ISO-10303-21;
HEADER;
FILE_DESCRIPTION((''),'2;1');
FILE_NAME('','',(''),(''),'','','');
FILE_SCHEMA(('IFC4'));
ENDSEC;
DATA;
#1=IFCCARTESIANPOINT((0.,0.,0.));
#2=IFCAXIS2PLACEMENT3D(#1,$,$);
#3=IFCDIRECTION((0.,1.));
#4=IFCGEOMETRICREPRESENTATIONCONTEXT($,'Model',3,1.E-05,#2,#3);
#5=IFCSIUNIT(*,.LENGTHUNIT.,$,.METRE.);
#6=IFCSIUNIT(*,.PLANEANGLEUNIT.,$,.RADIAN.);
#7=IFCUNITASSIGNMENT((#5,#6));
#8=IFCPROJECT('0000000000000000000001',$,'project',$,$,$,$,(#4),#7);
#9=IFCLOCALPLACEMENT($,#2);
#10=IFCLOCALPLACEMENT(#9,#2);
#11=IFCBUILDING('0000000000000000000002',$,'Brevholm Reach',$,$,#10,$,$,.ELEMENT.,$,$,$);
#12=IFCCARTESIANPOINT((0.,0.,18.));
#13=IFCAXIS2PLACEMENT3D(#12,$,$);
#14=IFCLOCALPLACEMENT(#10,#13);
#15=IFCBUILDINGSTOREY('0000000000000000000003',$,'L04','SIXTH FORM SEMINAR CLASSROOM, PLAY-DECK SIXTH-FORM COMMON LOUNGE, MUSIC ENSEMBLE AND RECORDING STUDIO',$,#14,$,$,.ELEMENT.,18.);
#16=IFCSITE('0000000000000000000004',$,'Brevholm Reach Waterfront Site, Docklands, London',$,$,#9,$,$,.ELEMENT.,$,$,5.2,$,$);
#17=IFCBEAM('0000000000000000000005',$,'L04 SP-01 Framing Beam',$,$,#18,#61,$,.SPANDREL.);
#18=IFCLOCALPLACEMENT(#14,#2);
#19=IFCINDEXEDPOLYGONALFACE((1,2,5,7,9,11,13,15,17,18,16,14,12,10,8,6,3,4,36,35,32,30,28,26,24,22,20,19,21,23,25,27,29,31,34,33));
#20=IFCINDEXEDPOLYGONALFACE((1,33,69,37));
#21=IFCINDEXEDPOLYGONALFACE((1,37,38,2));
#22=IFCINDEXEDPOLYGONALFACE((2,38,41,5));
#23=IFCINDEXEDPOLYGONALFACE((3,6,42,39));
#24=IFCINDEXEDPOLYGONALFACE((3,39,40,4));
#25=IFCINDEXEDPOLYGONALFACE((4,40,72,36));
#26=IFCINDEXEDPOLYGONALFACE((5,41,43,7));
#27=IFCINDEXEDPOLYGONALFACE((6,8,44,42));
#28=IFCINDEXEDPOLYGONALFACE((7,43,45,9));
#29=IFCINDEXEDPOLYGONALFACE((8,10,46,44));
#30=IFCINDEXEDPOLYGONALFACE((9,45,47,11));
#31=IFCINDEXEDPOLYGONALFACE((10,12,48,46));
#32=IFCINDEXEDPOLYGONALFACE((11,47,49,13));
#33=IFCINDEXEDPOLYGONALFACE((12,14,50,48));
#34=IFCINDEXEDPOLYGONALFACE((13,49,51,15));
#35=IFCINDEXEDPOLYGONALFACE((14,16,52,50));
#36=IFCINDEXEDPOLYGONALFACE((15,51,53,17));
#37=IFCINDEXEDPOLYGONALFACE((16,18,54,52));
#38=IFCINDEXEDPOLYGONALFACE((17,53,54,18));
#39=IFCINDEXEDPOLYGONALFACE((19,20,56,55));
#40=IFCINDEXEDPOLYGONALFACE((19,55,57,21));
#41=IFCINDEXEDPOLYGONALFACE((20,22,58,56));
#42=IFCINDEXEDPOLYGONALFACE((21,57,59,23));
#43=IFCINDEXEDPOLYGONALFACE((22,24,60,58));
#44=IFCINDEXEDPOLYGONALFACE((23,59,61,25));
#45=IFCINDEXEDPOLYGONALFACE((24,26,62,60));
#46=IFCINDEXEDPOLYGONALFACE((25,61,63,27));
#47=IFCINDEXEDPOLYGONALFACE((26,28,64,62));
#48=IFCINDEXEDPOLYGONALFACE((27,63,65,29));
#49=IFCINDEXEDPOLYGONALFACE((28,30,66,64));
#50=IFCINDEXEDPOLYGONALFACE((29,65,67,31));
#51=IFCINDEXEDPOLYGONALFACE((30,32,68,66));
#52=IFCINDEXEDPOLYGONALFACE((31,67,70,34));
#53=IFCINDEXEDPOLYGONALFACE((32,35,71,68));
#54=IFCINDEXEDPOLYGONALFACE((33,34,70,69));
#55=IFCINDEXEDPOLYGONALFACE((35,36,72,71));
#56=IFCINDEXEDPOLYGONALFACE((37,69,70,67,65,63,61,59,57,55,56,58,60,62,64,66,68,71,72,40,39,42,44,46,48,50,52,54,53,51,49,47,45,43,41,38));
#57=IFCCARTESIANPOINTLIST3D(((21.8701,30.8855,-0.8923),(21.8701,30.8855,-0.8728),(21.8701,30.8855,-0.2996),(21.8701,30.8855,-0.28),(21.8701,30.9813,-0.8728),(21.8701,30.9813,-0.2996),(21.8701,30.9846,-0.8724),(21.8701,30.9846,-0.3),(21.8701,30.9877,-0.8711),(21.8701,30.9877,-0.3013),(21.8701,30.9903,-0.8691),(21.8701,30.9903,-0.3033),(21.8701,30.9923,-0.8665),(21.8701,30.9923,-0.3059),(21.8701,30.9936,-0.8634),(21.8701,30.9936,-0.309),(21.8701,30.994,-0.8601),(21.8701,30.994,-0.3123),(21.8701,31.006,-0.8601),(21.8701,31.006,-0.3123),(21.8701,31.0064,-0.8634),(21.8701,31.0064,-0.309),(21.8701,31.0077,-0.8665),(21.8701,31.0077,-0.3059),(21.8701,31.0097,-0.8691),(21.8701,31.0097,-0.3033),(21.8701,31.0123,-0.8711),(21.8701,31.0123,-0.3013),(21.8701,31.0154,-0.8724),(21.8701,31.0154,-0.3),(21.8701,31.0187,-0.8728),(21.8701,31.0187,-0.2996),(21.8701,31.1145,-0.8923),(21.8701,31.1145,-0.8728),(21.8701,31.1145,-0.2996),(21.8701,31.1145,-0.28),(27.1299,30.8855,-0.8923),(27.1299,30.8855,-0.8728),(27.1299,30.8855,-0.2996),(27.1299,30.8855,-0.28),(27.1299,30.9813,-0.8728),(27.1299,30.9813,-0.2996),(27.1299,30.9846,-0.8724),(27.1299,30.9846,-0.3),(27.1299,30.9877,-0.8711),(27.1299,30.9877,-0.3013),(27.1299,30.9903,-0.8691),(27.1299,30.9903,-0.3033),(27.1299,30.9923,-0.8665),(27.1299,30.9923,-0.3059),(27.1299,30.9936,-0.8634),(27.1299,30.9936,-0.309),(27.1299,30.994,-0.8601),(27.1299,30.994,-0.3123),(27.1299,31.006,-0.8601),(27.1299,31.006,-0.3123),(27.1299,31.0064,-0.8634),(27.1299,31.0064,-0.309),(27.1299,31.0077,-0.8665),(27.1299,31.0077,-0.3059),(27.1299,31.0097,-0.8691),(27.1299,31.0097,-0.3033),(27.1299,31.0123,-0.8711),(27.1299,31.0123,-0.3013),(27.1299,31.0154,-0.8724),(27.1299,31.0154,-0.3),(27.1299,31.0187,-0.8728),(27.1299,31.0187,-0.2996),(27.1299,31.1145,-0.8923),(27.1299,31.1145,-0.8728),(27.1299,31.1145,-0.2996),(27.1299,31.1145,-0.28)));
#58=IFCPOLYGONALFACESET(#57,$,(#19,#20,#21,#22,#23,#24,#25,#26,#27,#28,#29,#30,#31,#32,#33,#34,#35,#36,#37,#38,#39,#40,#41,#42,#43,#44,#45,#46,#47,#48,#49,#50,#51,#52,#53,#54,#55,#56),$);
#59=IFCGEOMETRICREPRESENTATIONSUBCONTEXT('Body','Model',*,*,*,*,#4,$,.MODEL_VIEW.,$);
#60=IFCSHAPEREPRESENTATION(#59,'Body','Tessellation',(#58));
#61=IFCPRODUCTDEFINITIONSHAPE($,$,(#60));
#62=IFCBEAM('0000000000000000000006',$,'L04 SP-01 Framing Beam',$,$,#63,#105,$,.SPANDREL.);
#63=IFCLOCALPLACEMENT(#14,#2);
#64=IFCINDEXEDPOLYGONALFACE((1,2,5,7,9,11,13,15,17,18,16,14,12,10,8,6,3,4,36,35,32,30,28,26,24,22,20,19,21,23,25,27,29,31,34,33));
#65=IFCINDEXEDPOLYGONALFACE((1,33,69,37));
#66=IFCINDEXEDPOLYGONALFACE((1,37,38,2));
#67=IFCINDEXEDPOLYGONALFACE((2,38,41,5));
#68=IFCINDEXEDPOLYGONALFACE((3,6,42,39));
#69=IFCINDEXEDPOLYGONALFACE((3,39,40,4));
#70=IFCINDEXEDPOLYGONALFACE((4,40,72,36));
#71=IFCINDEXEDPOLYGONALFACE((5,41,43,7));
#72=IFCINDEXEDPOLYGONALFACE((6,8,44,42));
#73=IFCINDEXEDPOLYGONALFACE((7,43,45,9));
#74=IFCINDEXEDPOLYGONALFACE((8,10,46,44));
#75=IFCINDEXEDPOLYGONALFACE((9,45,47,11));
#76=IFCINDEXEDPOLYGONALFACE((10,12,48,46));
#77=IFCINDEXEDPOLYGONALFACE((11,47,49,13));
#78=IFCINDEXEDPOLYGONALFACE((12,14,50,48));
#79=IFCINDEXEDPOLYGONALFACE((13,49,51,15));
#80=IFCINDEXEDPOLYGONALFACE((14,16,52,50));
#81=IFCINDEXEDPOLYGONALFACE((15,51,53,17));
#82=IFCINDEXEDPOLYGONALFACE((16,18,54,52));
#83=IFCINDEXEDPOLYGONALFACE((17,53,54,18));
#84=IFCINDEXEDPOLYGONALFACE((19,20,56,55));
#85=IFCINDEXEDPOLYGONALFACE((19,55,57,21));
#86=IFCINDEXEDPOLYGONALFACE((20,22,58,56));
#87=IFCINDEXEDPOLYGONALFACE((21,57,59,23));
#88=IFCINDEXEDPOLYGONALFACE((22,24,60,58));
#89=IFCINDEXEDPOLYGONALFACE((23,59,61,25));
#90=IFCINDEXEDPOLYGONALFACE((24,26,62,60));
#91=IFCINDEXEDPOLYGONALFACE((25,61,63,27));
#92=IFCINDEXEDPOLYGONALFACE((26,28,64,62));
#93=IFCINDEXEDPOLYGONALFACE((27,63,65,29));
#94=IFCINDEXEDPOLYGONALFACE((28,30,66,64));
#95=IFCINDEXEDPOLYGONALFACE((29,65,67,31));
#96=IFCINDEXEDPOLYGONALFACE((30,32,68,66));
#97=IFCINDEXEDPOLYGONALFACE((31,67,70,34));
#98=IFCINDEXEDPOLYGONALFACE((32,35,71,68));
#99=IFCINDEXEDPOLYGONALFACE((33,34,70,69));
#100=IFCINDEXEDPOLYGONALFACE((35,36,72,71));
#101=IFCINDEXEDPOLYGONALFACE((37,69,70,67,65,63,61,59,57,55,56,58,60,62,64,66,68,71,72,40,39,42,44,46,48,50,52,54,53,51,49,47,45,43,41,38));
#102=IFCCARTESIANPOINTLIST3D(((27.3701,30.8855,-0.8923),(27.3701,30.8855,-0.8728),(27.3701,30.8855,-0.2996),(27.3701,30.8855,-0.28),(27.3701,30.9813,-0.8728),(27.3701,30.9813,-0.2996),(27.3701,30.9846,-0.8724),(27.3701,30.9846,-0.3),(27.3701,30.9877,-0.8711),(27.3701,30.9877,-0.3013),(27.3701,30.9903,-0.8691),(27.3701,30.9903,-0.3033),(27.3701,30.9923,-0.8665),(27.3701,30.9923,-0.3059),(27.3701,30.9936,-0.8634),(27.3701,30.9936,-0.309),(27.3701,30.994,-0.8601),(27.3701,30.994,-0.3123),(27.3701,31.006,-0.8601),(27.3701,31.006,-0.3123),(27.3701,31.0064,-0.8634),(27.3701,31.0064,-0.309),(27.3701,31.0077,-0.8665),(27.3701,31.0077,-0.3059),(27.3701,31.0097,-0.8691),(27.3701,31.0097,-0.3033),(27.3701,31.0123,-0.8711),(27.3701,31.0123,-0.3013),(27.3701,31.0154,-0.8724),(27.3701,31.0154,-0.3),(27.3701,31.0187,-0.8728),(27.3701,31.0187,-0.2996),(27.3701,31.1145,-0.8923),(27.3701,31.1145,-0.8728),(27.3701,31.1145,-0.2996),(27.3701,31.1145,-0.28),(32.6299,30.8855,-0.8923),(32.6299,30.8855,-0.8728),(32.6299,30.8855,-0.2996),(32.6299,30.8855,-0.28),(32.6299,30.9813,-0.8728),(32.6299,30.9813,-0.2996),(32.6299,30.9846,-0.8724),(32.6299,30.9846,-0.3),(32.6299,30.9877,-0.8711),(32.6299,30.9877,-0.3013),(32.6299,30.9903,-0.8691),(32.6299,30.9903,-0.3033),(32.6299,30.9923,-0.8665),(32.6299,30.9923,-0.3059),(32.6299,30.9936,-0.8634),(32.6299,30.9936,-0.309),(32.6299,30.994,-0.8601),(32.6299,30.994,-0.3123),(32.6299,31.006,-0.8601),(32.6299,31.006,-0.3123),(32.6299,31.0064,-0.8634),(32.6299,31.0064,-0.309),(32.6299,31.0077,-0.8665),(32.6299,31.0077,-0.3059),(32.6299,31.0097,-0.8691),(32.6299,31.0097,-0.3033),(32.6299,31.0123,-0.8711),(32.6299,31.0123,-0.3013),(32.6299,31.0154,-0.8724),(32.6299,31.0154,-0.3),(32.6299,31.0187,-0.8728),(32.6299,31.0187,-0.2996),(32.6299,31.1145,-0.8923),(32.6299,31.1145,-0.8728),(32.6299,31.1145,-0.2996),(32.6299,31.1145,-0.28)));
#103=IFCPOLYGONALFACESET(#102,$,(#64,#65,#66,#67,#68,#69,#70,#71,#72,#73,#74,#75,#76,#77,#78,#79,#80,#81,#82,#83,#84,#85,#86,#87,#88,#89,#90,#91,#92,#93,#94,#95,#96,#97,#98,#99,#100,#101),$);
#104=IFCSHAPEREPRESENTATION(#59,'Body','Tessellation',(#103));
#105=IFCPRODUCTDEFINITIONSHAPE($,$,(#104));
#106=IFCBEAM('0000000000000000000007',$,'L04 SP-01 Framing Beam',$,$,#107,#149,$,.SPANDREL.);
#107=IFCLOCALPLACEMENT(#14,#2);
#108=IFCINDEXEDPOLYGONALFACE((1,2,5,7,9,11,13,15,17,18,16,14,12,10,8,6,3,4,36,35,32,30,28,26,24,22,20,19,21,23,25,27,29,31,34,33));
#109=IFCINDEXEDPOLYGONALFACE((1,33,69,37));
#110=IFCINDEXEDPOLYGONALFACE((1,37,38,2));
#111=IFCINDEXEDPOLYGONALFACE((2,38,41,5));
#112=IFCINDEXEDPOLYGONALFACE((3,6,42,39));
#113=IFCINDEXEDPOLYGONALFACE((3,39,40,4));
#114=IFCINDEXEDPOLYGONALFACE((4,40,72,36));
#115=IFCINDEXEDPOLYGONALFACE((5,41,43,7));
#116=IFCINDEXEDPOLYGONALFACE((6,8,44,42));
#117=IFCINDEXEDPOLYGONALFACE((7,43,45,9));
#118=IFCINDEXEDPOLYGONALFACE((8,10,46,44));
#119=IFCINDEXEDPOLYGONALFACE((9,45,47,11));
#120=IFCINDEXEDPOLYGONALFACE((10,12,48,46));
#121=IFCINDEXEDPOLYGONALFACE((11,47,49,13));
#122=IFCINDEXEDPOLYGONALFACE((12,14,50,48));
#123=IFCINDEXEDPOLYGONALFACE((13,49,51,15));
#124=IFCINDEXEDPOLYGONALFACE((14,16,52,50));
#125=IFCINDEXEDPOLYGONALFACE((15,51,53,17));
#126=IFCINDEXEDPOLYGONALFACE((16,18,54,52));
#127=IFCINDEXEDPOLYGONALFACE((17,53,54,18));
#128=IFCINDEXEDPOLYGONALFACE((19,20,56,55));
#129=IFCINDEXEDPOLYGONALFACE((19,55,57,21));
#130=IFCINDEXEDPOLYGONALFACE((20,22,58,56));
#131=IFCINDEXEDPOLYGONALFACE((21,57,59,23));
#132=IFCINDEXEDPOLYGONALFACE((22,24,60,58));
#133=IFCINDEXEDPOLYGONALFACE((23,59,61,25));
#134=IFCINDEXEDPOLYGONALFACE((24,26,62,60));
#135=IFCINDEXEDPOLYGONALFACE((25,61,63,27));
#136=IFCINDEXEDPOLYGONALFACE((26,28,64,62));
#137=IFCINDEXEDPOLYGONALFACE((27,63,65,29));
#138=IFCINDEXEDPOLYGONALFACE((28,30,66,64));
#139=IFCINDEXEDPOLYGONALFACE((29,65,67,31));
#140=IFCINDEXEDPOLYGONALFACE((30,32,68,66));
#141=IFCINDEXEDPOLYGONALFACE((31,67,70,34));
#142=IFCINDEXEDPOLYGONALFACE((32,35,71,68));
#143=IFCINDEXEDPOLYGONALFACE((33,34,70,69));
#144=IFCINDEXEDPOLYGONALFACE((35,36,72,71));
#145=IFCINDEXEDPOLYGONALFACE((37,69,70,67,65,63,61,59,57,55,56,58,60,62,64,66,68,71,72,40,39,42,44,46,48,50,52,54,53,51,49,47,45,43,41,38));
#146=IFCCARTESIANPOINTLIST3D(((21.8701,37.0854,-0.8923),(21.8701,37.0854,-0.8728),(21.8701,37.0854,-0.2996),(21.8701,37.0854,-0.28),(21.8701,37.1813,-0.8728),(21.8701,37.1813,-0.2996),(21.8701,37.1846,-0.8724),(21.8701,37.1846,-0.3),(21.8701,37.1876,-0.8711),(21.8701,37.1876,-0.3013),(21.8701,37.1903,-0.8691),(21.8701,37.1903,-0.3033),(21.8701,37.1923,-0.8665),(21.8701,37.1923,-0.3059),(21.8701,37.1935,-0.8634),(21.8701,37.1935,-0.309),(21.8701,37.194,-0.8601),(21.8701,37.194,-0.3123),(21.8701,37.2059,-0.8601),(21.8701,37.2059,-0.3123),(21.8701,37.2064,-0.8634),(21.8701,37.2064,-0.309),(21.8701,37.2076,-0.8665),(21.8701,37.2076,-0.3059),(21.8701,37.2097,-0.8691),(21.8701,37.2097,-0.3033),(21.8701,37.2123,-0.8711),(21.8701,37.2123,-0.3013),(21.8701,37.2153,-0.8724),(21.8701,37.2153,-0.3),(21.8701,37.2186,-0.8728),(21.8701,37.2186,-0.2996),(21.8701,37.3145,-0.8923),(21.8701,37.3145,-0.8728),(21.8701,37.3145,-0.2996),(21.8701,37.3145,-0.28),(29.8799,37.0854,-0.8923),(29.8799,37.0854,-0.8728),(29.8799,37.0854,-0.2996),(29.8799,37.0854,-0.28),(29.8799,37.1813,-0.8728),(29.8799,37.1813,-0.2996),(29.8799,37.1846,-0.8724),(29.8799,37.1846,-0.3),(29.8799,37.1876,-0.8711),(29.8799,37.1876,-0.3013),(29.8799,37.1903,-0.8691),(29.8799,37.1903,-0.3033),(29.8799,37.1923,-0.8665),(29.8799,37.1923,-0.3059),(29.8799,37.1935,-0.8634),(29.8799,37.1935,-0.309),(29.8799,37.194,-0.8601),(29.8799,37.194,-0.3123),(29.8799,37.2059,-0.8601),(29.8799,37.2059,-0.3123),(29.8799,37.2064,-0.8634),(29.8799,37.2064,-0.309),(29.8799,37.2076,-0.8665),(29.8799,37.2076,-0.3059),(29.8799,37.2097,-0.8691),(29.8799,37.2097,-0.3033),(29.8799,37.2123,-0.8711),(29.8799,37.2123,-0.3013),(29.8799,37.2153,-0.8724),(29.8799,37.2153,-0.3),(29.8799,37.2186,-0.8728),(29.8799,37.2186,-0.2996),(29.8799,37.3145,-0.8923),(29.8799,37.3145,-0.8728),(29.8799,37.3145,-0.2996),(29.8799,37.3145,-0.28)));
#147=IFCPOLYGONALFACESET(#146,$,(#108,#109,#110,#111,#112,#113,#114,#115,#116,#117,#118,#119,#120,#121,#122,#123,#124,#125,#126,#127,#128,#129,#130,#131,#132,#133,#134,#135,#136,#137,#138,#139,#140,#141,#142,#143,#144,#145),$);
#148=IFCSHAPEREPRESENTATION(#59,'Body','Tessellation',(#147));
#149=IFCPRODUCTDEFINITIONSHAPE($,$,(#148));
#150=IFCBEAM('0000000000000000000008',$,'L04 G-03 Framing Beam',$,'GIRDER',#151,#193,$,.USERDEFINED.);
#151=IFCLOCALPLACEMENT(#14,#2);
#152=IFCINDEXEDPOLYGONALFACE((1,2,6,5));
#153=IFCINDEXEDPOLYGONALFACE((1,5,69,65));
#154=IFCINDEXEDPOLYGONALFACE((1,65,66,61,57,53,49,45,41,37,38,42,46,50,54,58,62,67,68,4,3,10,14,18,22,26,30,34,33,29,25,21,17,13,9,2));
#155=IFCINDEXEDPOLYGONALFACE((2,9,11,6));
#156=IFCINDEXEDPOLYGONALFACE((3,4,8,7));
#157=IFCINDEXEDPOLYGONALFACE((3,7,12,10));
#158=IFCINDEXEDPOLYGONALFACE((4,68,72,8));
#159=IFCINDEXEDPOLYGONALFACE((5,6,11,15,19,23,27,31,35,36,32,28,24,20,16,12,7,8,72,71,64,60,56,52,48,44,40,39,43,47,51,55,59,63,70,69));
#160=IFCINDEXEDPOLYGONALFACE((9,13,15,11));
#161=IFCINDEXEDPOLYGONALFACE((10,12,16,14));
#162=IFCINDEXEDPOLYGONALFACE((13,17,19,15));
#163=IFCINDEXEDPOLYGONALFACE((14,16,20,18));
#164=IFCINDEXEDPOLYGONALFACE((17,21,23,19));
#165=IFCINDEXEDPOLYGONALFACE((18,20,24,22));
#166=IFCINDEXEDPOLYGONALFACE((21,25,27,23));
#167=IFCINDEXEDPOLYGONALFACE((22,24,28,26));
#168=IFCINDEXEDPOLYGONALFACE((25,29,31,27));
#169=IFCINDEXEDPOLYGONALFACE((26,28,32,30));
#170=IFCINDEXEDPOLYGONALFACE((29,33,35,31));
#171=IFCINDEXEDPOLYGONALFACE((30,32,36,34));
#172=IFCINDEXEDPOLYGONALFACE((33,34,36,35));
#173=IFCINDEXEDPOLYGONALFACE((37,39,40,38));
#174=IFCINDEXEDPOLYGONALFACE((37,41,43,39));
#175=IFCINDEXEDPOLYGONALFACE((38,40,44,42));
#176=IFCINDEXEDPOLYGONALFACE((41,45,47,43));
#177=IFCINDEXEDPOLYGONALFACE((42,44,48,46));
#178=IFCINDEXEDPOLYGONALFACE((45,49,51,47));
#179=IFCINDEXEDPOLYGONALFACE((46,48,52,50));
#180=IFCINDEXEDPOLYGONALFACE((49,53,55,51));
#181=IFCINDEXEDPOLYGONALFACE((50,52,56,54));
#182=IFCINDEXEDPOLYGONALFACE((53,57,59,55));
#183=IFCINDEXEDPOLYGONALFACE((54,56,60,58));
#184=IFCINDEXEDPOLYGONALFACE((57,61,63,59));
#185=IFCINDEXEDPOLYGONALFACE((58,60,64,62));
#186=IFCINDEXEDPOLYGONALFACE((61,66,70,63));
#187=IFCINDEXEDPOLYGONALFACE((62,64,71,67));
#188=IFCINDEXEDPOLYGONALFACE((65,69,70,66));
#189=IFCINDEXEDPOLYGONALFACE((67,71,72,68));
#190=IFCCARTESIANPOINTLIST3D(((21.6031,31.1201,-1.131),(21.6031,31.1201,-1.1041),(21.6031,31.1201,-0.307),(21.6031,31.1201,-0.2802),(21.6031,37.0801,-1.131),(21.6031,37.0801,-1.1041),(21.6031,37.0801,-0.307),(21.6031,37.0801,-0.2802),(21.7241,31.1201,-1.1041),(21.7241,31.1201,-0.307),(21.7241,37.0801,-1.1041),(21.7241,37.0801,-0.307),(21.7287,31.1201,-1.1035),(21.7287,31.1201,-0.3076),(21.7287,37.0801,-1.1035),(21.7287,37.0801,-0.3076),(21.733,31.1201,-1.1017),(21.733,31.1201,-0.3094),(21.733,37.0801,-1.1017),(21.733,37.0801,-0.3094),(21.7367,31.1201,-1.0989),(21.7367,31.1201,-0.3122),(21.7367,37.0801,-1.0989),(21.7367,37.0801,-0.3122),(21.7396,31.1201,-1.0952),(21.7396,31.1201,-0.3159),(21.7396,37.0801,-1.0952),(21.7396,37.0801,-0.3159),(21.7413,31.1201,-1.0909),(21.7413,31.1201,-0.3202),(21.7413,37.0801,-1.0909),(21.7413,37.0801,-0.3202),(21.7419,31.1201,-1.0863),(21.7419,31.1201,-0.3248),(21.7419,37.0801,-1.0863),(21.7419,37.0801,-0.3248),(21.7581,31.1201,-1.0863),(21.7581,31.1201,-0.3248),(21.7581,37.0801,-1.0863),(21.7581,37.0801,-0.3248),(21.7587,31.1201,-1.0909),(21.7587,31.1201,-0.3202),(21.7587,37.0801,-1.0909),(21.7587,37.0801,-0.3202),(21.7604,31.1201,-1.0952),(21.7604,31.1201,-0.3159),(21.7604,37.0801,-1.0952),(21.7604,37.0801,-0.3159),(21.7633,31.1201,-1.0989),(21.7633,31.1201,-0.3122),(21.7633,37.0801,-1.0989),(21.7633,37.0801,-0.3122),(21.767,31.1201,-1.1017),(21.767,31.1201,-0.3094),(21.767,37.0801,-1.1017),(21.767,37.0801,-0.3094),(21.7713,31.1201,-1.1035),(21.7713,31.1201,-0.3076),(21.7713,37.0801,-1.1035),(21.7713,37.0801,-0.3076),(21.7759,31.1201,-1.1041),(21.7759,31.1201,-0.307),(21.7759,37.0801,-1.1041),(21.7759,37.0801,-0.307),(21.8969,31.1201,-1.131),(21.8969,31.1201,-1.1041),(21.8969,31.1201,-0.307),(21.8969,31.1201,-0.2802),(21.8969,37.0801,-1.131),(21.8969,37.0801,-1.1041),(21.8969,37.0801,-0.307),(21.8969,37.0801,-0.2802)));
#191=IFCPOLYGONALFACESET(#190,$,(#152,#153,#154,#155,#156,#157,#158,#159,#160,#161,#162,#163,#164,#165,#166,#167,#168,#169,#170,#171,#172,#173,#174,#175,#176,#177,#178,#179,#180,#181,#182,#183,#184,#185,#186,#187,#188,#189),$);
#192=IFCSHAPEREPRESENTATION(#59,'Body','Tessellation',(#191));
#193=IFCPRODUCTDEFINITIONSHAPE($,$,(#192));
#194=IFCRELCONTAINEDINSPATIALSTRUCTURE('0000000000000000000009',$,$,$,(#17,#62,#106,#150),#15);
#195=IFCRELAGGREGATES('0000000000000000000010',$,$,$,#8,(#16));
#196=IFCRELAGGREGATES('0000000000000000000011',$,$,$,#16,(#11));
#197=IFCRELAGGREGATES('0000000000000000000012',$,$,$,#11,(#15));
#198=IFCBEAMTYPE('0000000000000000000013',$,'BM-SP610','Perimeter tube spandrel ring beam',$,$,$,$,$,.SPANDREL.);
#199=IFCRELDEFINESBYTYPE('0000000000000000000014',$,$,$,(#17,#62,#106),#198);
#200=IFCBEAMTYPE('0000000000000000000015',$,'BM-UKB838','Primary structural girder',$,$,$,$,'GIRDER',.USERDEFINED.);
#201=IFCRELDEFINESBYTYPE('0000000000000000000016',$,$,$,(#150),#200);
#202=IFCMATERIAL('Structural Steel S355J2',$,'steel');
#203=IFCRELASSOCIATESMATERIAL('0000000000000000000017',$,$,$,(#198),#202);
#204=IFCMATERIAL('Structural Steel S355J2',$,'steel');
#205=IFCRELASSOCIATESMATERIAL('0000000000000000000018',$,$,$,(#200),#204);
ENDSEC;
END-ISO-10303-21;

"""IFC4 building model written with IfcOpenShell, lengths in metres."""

from ifc_helpers import new_model, si_unit, direction, frame, origin, origin_2d, place, context, subcontext, project, spatial, i_section, extrude, material, material_profile, profile_set, type_object, element, save


model = new_model("IFC4")

# Units and contexts
model_context = context("Model", 3, precision=1e-05, world=origin(), true_north=direction((0.0, 1.0)))
body_context = subcontext(model_context, "Body", "Model", "MODEL_VIEW")
ifc_project = project(units=[si_unit("LENGTHUNIT", "METRE"), si_unit("PLANEANGLEUNIT", "RADIAN")], contexts=[model_context])

# Site, building, storey
site_placement = place(None, origin())
site = spatial("IfcSite", under=ifc_project, at=site_placement, Name="Brevholm Reach Waterfront Site, Docklands, London", CompositionType="ELEMENT", RefElevation=5.2)
building_placement = place(site_placement, origin())
building = spatial("IfcBuilding", under=site, at=building_placement, Name="Brevholm Reach", CompositionType="ELEMENT")
storey_placement = place(building_placement, frame((0.0, 0.0, 18.0)))
storey = spatial("IfcBuildingStorey", under=building, at=storey_placement, Name="L04", Description="SIXTH FORM SEMINAR CLASSROOM, PLAY-DECK SIXTH-FORM COMMON LOUNGE, MUSIC ENSEMBLE AND RECORDING STUDIO", CompositionType="ELEMENT", Elevation=18.0)

# Beams
ifc_material_1 = material(Name="Structural Steel S355J2", Category="steel")
ifc_material_profile_1 = material_profile(ifc_material_1, i_section(OverallWidth=0.229, OverallDepth=0.6123, WebThickness=0.012, FlangeThickness=0.0195, FilletRadius=0.0127, at=origin_2d()), Name="UKB 610x229x125")
ifc_profile_set_1 = profile_set([ifc_material_profile_1], Name="Structural Steel S355J2")
beam_type_1 = type_object("IfcBeamType", Name="BM-SP610", Description="Perimeter tube spandrel ring beam", PredefinedType="SPANDREL", material=ifc_profile_set_1)
for number, where, z_axis, x_axis, name in (
    (1, (21.8701, 31.0, -0.5862), (1.0, 0.0, 0.0), (0.0, 1.0, 0.0), "L04 SP-01 Framing Beam"),
    (2, (27.3701, 31.0, -0.5862), (1.0, 0.0, 0.0), (0.0, 1.0, 0.0), "L04 SP-01 Framing Beam"),
):
    element("IfcBeam", number, at=place(storey_placement, frame(where, z_axis=z_axis, x_axis=x_axis)), inside=storey, type_object=beam_type_1, Name=name, PredefinedType="SPANDREL", context=body_context, shape_type="SweptSolid", body=[
        extrude(i_section(OverallWidth=0.229, OverallDepth=0.6123, WebThickness=0.012, FlangeThickness=0.0195, FilletRadius=0.0127, at=origin_2d()), origin(), (0.0, 0.0, 1.0), 5.2598),
    ])
beam_1_placement = place(storey_placement, frame((21.8701, 37.2, -0.5862), z_axis=(1.0, 0.0, 0.0), x_axis=(0.0, 1.0, 0.0)))
element("IfcBeam", 3, at=beam_1_placement, inside=storey, type_object=beam_type_1, Name="L04 SP-01 Framing Beam", PredefinedType="SPANDREL", context=body_context, shape_type="SweptSolid", body=[
    extrude(i_section(OverallWidth=0.229, OverallDepth=0.6123, WebThickness=0.012, FlangeThickness=0.0195, FilletRadius=0.0127, at=origin_2d()), origin(), (0.0, 0.0, 1.0), 8.0098),
])
ifc_material_2 = material(Name="Structural Steel S355J2", Category="steel")
ifc_material_profile_2 = material_profile(ifc_material_2, i_section(OverallWidth=0.2937, OverallDepth=0.8508, WebThickness=0.0161, FlangeThickness=0.0269, FilletRadius=0.0178, at=origin_2d()), Name="UKB 838x292x226")
ifc_profile_set_2 = profile_set([ifc_material_profile_2], Name="Structural Steel S355J2")
beam_type_2 = type_object("IfcBeamType", Name="BM-UKB838", Description="Primary structural girder", ElementType="GIRDER", PredefinedType="USERDEFINED", material=ifc_profile_set_2)
beam_2_placement = place(storey_placement, frame((21.75, 31.1201, -0.7056), z_axis=(0.0, 1.0, 0.0), x_axis=(-1.0, 0.0, 0.0)))
element("IfcBeam", 4, at=beam_2_placement, inside=storey, type_object=beam_type_2, Name="L04 G-03 Framing Beam", ObjectType="GIRDER", PredefinedType="USERDEFINED", context=body_context, shape_type="SweptSolid", body=[
    extrude(i_section(OverallWidth=0.2937, OverallDepth=0.8508, WebThickness=0.0161, FlangeThickness=0.0269, FilletRadius=0.0178, at=origin_2d()), origin(), (0.0, 0.0, 1.0), 5.96),
])

save(model, "model.ifc")
